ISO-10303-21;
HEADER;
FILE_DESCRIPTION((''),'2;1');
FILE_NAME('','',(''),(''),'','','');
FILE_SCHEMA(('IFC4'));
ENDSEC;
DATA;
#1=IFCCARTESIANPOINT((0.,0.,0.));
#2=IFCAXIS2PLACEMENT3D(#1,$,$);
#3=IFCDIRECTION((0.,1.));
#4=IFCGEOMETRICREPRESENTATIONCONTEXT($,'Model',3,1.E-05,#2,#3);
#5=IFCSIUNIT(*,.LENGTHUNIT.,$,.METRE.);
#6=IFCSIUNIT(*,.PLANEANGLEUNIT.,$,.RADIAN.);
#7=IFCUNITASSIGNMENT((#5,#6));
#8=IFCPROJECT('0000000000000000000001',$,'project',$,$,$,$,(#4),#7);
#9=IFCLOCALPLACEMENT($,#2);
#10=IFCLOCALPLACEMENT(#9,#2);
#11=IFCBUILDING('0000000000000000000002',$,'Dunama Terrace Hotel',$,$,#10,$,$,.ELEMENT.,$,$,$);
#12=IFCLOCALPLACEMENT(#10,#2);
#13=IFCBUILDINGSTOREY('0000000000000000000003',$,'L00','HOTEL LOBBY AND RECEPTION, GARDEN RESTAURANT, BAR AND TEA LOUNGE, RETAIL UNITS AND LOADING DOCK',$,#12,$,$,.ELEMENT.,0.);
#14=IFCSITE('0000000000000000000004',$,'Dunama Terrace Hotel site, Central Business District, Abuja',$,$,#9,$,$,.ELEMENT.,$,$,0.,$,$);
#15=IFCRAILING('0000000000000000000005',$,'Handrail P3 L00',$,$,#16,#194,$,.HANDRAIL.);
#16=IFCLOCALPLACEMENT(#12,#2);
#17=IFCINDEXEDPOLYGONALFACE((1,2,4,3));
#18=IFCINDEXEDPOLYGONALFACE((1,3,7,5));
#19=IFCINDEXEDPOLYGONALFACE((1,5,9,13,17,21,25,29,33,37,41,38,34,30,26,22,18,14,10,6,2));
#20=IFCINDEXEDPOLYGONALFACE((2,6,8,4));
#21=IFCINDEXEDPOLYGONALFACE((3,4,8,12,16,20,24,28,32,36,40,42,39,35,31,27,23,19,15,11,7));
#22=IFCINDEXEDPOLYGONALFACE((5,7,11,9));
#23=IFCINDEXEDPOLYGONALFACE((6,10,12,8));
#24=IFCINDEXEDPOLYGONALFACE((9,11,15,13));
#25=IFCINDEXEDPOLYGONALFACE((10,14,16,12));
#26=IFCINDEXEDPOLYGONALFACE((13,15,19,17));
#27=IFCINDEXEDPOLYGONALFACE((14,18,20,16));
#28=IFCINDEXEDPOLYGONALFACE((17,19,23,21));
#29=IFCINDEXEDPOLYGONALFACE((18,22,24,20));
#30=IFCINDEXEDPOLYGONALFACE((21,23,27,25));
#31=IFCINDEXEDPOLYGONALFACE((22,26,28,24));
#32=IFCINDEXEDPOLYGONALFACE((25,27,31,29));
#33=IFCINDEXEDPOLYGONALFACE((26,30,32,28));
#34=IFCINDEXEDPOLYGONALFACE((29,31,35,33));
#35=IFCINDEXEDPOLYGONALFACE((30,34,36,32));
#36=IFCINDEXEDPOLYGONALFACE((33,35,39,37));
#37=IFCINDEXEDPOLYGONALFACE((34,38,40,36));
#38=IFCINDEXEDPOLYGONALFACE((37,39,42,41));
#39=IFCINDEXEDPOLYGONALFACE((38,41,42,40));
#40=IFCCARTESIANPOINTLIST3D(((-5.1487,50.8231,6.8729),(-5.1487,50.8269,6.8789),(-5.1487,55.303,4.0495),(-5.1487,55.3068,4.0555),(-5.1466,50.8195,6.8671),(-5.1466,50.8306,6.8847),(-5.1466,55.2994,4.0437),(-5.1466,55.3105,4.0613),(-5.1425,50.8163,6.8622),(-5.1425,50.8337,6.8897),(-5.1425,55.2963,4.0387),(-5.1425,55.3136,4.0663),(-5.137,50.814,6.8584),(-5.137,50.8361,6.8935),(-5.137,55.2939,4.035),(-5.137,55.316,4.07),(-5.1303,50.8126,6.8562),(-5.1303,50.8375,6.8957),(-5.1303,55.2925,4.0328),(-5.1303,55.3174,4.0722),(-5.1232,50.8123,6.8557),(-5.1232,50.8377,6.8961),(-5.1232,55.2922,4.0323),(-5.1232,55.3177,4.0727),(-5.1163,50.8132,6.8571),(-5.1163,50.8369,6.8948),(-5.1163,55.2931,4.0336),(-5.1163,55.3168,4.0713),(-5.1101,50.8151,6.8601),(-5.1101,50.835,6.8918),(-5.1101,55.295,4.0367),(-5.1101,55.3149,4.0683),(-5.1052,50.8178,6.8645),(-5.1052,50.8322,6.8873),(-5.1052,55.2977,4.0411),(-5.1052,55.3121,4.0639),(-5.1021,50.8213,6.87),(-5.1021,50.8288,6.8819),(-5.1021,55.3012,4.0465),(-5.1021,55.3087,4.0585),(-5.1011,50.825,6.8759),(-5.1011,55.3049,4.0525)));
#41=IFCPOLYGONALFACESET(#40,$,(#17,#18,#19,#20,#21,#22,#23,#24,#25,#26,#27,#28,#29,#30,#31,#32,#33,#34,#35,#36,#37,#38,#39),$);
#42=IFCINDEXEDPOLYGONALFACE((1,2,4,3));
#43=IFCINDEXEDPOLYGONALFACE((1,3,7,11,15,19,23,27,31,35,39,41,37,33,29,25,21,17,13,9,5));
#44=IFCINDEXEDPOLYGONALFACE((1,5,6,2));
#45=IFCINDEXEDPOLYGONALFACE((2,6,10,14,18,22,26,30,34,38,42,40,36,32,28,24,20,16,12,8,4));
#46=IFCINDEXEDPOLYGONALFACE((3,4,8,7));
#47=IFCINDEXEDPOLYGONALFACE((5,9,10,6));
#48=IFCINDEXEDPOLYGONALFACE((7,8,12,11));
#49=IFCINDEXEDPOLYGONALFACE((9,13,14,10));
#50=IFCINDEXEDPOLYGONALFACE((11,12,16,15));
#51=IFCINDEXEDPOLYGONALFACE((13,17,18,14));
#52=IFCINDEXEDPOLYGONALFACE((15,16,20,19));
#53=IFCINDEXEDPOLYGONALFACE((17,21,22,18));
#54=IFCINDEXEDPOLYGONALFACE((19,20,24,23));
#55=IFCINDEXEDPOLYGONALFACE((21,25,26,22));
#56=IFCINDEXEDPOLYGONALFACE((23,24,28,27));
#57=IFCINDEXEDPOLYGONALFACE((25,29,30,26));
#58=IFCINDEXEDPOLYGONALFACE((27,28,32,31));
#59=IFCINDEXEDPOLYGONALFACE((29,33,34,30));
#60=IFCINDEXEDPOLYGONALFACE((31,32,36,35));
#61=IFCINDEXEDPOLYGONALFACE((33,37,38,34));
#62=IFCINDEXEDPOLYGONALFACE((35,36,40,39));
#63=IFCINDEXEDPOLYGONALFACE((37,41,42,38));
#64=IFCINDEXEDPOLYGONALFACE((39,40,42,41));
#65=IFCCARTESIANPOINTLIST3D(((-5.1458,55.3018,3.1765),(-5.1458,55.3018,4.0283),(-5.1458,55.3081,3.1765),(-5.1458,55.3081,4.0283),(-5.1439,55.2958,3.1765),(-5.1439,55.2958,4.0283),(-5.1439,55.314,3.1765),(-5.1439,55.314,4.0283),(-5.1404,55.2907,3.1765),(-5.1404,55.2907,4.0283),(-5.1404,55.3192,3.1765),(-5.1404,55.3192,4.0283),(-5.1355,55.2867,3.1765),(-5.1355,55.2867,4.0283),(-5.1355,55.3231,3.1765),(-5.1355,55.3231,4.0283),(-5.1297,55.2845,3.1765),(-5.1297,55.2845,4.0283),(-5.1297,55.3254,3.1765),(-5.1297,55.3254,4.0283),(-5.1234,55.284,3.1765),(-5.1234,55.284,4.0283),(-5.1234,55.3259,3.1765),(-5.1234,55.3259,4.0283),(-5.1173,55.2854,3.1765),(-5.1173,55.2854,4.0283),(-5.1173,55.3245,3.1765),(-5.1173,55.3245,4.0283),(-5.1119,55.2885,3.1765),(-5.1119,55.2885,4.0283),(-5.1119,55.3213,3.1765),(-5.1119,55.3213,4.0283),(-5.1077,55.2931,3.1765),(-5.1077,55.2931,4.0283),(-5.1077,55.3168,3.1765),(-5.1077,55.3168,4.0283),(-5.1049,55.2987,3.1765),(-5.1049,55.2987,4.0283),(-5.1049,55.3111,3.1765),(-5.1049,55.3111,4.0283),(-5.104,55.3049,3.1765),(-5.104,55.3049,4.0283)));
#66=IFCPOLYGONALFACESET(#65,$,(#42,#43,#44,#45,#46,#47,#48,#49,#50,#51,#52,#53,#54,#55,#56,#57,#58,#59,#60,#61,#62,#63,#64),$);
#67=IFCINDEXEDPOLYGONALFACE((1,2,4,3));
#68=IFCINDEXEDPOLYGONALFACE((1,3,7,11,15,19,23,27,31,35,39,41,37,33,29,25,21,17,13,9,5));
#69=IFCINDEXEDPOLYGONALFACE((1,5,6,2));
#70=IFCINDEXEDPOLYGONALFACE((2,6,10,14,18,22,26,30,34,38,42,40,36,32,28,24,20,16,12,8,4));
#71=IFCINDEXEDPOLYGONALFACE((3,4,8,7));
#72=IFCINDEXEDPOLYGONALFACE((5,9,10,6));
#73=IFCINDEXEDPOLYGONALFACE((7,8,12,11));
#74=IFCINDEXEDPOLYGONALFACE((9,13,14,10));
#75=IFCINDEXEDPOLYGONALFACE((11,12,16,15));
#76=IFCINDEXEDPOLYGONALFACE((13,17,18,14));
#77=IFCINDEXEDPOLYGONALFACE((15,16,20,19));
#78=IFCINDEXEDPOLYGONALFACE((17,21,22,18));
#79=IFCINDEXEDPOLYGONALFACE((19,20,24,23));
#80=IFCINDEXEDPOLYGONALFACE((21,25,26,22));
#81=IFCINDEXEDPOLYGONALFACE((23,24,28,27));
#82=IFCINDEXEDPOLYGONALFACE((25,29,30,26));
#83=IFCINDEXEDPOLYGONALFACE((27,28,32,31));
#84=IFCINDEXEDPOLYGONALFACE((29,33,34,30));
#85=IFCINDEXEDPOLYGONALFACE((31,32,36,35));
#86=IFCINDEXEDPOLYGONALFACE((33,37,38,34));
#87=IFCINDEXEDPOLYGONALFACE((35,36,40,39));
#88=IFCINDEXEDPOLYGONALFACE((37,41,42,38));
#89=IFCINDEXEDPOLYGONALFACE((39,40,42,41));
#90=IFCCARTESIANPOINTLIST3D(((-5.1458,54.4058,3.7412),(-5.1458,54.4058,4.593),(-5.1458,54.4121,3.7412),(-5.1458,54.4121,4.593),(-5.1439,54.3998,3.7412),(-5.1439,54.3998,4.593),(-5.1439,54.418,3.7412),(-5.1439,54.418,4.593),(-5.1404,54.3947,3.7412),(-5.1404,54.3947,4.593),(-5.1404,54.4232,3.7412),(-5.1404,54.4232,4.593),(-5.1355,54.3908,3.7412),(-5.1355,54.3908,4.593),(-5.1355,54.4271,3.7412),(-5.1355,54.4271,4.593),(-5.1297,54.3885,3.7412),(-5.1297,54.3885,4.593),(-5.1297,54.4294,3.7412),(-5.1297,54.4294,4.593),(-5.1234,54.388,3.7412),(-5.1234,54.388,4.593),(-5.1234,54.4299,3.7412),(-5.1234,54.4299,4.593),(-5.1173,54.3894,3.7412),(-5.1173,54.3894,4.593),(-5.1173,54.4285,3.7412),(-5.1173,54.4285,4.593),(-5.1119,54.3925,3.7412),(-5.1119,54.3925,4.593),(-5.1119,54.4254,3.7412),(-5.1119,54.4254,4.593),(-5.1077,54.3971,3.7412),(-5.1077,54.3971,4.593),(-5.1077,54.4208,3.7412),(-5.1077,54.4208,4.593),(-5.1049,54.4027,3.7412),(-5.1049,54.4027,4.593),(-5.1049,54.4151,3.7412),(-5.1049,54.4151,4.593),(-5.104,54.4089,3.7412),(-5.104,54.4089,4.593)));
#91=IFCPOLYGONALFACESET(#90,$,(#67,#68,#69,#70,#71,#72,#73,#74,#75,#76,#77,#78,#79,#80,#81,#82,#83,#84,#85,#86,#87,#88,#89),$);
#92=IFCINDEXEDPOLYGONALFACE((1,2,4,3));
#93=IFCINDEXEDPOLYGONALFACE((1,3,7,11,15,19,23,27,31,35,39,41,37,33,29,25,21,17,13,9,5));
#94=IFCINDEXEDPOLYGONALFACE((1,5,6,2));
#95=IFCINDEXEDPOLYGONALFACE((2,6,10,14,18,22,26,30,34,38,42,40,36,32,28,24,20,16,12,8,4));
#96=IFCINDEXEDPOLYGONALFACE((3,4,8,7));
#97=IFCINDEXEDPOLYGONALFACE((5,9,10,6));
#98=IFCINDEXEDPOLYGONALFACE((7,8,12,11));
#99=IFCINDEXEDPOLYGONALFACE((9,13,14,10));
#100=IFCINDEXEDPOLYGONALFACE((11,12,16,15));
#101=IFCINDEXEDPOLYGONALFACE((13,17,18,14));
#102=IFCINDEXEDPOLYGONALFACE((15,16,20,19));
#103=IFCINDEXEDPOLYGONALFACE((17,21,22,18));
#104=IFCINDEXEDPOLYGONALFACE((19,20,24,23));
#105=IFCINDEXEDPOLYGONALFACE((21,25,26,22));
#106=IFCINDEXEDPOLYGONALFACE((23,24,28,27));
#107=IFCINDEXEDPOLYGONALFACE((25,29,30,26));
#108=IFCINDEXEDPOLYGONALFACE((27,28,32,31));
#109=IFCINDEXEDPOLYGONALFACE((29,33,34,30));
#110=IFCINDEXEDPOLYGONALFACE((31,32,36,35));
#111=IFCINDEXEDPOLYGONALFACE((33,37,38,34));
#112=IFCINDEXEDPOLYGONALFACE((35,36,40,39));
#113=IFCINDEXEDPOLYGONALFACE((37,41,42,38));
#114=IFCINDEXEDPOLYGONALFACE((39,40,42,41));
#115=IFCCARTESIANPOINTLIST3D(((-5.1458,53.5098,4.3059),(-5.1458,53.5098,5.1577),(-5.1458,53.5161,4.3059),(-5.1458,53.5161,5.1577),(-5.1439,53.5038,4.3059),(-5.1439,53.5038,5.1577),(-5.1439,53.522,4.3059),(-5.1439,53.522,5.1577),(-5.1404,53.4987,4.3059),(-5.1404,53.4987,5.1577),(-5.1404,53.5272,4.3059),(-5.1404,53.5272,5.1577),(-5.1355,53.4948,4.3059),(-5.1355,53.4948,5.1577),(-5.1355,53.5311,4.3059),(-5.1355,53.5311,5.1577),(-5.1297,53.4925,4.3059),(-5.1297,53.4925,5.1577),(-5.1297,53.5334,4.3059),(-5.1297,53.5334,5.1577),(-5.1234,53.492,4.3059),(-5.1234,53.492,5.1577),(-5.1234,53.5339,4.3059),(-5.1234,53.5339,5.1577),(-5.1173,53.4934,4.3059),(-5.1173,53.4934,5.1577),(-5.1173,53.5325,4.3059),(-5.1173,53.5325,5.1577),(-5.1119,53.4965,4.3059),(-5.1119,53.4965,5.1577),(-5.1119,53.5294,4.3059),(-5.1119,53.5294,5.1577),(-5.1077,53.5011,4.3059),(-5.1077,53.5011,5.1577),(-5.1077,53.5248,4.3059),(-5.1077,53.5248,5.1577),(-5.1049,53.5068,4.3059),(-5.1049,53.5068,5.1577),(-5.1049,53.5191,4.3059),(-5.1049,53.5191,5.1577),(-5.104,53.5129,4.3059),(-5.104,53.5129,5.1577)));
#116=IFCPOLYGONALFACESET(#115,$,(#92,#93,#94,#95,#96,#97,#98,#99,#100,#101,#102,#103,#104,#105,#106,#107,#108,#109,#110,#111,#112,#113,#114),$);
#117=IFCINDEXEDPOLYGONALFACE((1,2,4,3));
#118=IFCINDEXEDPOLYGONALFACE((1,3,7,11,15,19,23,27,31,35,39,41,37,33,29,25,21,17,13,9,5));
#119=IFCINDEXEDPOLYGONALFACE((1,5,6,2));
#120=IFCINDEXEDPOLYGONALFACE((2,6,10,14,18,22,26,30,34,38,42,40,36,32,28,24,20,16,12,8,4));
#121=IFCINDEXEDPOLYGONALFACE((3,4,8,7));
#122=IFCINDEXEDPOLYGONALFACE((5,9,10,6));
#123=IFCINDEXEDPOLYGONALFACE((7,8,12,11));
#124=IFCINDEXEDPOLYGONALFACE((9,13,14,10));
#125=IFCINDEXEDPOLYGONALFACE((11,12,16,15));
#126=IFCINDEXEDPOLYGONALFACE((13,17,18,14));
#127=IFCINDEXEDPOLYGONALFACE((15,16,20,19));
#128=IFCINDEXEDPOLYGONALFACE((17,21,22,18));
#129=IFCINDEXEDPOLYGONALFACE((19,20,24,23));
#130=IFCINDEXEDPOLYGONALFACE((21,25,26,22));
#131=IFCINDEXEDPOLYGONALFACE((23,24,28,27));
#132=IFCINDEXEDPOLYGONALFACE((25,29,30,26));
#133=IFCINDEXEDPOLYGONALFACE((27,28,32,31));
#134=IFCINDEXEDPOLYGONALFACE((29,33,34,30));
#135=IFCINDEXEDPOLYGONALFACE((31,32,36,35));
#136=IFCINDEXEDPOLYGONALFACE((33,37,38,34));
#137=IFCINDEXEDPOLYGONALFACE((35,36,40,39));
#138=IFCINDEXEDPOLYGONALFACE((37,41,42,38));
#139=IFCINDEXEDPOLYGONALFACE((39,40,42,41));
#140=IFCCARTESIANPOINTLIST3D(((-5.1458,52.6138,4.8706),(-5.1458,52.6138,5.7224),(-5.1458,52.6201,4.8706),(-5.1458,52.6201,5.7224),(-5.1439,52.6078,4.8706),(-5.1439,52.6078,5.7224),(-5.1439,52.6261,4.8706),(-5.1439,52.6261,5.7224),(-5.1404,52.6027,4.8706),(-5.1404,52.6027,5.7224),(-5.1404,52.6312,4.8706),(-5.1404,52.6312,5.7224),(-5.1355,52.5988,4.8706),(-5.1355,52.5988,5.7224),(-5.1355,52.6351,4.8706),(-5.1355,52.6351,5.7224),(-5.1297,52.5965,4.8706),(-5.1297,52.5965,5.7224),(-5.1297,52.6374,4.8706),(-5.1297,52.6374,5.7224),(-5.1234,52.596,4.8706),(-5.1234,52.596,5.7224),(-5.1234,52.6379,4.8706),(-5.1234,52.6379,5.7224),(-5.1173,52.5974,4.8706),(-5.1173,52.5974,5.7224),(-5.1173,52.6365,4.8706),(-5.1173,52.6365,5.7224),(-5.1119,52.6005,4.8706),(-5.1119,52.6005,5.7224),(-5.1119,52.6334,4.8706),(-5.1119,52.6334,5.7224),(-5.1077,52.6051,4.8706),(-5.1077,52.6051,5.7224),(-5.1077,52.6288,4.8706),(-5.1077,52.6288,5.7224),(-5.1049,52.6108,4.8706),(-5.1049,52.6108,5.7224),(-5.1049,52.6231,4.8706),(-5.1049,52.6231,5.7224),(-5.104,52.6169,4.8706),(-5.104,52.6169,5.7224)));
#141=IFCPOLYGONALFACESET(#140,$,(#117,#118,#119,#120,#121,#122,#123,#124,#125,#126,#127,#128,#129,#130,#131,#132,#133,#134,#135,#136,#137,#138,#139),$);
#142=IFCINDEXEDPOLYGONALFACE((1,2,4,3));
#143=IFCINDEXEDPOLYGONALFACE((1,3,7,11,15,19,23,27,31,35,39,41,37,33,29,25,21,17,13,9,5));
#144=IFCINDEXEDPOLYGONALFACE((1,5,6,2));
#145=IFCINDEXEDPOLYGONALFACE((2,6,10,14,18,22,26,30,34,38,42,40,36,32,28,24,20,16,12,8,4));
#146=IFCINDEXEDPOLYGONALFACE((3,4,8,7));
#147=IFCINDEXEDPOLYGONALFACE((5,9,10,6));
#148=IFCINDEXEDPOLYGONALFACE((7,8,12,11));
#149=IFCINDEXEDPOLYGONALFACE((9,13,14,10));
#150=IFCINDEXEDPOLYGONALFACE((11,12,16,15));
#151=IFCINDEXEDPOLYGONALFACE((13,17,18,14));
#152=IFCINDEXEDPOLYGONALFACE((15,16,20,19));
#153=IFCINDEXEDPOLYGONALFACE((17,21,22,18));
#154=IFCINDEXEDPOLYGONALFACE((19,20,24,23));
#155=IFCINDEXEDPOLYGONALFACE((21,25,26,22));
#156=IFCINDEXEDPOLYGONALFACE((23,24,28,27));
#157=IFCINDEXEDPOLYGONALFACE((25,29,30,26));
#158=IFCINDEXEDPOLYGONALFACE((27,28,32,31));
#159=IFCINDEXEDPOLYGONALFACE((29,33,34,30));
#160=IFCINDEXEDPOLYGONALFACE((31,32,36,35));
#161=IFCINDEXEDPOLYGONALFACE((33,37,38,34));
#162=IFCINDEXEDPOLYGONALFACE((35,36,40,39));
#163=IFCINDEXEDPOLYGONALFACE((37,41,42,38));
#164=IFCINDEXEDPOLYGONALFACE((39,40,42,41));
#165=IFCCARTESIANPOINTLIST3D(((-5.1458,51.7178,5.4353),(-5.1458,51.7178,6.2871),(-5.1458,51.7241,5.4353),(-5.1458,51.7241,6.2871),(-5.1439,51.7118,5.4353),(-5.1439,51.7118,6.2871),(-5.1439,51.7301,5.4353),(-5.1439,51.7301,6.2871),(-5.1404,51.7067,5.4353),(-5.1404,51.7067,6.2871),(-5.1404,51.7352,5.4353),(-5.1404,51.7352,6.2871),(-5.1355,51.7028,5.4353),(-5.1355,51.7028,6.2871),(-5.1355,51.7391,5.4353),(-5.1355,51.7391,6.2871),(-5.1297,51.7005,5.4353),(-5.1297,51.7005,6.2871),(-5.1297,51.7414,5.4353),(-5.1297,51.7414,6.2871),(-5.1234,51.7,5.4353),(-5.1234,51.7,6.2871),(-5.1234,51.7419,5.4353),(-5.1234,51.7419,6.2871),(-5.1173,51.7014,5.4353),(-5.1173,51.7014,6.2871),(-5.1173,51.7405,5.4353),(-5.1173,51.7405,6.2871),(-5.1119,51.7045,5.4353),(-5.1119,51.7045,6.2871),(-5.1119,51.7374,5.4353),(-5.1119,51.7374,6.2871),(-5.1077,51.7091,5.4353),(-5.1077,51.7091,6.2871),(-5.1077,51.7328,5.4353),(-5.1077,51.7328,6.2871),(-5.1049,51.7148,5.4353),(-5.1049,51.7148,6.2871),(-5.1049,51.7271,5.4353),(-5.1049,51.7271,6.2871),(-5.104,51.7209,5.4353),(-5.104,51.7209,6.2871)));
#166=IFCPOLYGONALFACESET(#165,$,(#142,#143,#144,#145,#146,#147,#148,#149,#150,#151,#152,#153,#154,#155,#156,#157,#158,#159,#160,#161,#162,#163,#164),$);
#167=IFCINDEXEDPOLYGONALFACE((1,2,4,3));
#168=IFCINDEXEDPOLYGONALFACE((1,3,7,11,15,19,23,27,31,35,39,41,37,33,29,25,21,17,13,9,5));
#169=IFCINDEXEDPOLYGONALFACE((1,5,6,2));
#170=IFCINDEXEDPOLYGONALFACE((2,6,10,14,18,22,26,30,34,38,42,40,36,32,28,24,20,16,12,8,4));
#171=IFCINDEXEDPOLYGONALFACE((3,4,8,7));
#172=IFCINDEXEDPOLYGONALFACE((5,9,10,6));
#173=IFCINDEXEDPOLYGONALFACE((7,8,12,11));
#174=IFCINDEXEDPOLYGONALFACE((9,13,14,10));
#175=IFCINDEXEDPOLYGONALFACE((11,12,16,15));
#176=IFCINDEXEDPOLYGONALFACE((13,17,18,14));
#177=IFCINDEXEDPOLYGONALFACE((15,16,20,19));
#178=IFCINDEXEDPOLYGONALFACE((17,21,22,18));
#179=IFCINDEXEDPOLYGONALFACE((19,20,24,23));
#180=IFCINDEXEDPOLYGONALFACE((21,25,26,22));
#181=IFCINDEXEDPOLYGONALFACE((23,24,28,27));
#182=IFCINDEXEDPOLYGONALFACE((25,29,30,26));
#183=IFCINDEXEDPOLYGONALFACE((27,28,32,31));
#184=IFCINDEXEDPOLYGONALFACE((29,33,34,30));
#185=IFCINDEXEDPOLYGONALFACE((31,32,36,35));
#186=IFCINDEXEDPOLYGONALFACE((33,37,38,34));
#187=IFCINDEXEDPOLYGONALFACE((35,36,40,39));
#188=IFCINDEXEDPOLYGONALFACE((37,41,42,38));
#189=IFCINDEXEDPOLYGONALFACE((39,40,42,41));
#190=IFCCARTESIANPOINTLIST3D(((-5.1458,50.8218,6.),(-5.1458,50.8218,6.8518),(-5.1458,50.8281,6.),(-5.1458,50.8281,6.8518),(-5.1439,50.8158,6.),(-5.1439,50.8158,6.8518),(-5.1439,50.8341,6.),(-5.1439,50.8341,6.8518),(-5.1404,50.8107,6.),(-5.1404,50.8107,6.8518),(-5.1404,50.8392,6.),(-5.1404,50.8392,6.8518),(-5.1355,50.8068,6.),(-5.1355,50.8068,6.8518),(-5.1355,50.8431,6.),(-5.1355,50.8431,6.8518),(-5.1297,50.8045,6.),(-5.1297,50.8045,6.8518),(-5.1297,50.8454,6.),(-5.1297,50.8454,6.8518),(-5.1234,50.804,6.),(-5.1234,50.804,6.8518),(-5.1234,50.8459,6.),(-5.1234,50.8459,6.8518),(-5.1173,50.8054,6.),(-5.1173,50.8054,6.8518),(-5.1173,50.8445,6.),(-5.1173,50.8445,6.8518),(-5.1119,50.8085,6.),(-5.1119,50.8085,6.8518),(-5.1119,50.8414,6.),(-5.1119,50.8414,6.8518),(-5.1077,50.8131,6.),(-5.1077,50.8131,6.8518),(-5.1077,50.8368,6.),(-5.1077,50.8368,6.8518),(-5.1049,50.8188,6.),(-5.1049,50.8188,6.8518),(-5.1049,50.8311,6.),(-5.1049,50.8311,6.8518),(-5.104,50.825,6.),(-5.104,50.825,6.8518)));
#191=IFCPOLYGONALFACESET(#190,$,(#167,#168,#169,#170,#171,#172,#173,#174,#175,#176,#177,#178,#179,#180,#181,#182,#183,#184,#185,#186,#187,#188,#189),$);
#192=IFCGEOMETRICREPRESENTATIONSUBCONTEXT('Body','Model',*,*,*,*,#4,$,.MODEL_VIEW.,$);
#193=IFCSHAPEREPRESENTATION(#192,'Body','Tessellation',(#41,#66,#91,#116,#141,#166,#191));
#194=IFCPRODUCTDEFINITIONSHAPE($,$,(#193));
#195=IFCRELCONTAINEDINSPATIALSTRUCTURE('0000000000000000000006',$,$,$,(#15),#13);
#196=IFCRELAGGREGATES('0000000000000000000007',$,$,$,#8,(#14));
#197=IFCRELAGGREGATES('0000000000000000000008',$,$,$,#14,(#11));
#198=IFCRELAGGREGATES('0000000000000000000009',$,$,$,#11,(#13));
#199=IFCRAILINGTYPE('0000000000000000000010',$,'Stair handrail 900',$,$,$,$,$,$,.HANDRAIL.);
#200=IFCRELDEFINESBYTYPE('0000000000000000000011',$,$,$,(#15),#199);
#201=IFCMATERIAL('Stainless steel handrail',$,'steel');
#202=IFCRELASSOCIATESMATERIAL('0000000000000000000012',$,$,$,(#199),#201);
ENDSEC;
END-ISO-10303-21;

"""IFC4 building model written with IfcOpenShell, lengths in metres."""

from ifc_helpers import new_model, si_unit, direction, frame, origin, origin_2d, place, context, subcontext, project, spatial, circle, extrude, material, type_object, element, save


model = new_model("IFC4")

# Units and contexts
model_context = context("Model", 3, precision=1e-05, world=origin(), true_north=direction((0.0, 1.0)))
body_context = subcontext(model_context, "Body", "Model", "MODEL_VIEW")
ifc_project = project(units=[si_unit("LENGTHUNIT", "METRE"), si_unit("PLANEANGLEUNIT", "RADIAN")], contexts=[model_context])

# Site, building, storey
site_placement = place(None, origin())
site = spatial("IfcSite", under=ifc_project, at=site_placement, Name="Dunama Terrace Hotel site, Central Business District, Abuja", CompositionType="ELEMENT", RefElevation=0.0)
building_placement = place(site_placement, origin())
building = spatial("IfcBuilding", under=site, at=building_placement, Name="Dunama Terrace Hotel", CompositionType="ELEMENT")
storey_placement = place(building_placement, origin())
storey = spatial("IfcBuildingStorey", under=building, at=storey_placement, Name="L00", Description="HOTEL LOBBY AND RECEPTION, GARDEN RESTAURANT, BAR AND TEA LOUNGE, RETAIL UNITS AND LOADING DOCK", CompositionType="ELEMENT", Elevation=0.0)

# Railing
ifc_material_1 = material(Name="Stainless steel handrail", Category="steel")
railing_type = type_object("IfcRailingType", Name="Stair handrail 900", PredefinedType="HANDRAIL", material=ifc_material_1)
railing_1_placement = place(storey_placement, frame((-5.125, 55.3049, 3.1765)))
element("IfcRailing", 1, at=railing_1_placement, inside=storey, type_object=railing_type, Name="Handrail P3 L00", PredefinedType="HANDRAIL", context=body_context, shape_type="SweptSolid", body=[
    extrude(circle(Radius=0.0239, at=origin_2d()), frame((0.0, 0.0, 0.876), z_axis=(0.0, -0.845998, 0.533186), x_axis=(1.0, 0.0, 0.0)), (0.0, 0.0, 1.0), 5.2954),
    extrude(circle(Radius=0.021, at=origin_2d()), origin(), (0.0, 0.0, 1.0), 0.8518),
    extrude(circle(Radius=0.021, at=origin_2d()), frame((0.0, -0.896, 0.5647)), (0.0, 0.0, 1.0), 0.8518),
    extrude(circle(Radius=0.021, at=origin_2d()), frame((0.0, -1.792, 1.1294)), (0.0, 0.0, 1.0), 0.8518),
    extrude(circle(Radius=0.021, at=origin_2d()), frame((0.0, -2.688, 1.6941)), (0.0, 0.0, 1.0), 0.8518),
    extrude(circle(Radius=0.021, at=origin_2d()), frame((0.0, -3.584, 2.2588)), (0.0, 0.0, 1.0), 0.8518),
    extrude(circle(Radius=0.021, at=origin_2d()), frame((0.0, -4.48, 2.8235)), (0.0, 0.0, 1.0), 0.8518),
])

save(model, "model.ifc")
